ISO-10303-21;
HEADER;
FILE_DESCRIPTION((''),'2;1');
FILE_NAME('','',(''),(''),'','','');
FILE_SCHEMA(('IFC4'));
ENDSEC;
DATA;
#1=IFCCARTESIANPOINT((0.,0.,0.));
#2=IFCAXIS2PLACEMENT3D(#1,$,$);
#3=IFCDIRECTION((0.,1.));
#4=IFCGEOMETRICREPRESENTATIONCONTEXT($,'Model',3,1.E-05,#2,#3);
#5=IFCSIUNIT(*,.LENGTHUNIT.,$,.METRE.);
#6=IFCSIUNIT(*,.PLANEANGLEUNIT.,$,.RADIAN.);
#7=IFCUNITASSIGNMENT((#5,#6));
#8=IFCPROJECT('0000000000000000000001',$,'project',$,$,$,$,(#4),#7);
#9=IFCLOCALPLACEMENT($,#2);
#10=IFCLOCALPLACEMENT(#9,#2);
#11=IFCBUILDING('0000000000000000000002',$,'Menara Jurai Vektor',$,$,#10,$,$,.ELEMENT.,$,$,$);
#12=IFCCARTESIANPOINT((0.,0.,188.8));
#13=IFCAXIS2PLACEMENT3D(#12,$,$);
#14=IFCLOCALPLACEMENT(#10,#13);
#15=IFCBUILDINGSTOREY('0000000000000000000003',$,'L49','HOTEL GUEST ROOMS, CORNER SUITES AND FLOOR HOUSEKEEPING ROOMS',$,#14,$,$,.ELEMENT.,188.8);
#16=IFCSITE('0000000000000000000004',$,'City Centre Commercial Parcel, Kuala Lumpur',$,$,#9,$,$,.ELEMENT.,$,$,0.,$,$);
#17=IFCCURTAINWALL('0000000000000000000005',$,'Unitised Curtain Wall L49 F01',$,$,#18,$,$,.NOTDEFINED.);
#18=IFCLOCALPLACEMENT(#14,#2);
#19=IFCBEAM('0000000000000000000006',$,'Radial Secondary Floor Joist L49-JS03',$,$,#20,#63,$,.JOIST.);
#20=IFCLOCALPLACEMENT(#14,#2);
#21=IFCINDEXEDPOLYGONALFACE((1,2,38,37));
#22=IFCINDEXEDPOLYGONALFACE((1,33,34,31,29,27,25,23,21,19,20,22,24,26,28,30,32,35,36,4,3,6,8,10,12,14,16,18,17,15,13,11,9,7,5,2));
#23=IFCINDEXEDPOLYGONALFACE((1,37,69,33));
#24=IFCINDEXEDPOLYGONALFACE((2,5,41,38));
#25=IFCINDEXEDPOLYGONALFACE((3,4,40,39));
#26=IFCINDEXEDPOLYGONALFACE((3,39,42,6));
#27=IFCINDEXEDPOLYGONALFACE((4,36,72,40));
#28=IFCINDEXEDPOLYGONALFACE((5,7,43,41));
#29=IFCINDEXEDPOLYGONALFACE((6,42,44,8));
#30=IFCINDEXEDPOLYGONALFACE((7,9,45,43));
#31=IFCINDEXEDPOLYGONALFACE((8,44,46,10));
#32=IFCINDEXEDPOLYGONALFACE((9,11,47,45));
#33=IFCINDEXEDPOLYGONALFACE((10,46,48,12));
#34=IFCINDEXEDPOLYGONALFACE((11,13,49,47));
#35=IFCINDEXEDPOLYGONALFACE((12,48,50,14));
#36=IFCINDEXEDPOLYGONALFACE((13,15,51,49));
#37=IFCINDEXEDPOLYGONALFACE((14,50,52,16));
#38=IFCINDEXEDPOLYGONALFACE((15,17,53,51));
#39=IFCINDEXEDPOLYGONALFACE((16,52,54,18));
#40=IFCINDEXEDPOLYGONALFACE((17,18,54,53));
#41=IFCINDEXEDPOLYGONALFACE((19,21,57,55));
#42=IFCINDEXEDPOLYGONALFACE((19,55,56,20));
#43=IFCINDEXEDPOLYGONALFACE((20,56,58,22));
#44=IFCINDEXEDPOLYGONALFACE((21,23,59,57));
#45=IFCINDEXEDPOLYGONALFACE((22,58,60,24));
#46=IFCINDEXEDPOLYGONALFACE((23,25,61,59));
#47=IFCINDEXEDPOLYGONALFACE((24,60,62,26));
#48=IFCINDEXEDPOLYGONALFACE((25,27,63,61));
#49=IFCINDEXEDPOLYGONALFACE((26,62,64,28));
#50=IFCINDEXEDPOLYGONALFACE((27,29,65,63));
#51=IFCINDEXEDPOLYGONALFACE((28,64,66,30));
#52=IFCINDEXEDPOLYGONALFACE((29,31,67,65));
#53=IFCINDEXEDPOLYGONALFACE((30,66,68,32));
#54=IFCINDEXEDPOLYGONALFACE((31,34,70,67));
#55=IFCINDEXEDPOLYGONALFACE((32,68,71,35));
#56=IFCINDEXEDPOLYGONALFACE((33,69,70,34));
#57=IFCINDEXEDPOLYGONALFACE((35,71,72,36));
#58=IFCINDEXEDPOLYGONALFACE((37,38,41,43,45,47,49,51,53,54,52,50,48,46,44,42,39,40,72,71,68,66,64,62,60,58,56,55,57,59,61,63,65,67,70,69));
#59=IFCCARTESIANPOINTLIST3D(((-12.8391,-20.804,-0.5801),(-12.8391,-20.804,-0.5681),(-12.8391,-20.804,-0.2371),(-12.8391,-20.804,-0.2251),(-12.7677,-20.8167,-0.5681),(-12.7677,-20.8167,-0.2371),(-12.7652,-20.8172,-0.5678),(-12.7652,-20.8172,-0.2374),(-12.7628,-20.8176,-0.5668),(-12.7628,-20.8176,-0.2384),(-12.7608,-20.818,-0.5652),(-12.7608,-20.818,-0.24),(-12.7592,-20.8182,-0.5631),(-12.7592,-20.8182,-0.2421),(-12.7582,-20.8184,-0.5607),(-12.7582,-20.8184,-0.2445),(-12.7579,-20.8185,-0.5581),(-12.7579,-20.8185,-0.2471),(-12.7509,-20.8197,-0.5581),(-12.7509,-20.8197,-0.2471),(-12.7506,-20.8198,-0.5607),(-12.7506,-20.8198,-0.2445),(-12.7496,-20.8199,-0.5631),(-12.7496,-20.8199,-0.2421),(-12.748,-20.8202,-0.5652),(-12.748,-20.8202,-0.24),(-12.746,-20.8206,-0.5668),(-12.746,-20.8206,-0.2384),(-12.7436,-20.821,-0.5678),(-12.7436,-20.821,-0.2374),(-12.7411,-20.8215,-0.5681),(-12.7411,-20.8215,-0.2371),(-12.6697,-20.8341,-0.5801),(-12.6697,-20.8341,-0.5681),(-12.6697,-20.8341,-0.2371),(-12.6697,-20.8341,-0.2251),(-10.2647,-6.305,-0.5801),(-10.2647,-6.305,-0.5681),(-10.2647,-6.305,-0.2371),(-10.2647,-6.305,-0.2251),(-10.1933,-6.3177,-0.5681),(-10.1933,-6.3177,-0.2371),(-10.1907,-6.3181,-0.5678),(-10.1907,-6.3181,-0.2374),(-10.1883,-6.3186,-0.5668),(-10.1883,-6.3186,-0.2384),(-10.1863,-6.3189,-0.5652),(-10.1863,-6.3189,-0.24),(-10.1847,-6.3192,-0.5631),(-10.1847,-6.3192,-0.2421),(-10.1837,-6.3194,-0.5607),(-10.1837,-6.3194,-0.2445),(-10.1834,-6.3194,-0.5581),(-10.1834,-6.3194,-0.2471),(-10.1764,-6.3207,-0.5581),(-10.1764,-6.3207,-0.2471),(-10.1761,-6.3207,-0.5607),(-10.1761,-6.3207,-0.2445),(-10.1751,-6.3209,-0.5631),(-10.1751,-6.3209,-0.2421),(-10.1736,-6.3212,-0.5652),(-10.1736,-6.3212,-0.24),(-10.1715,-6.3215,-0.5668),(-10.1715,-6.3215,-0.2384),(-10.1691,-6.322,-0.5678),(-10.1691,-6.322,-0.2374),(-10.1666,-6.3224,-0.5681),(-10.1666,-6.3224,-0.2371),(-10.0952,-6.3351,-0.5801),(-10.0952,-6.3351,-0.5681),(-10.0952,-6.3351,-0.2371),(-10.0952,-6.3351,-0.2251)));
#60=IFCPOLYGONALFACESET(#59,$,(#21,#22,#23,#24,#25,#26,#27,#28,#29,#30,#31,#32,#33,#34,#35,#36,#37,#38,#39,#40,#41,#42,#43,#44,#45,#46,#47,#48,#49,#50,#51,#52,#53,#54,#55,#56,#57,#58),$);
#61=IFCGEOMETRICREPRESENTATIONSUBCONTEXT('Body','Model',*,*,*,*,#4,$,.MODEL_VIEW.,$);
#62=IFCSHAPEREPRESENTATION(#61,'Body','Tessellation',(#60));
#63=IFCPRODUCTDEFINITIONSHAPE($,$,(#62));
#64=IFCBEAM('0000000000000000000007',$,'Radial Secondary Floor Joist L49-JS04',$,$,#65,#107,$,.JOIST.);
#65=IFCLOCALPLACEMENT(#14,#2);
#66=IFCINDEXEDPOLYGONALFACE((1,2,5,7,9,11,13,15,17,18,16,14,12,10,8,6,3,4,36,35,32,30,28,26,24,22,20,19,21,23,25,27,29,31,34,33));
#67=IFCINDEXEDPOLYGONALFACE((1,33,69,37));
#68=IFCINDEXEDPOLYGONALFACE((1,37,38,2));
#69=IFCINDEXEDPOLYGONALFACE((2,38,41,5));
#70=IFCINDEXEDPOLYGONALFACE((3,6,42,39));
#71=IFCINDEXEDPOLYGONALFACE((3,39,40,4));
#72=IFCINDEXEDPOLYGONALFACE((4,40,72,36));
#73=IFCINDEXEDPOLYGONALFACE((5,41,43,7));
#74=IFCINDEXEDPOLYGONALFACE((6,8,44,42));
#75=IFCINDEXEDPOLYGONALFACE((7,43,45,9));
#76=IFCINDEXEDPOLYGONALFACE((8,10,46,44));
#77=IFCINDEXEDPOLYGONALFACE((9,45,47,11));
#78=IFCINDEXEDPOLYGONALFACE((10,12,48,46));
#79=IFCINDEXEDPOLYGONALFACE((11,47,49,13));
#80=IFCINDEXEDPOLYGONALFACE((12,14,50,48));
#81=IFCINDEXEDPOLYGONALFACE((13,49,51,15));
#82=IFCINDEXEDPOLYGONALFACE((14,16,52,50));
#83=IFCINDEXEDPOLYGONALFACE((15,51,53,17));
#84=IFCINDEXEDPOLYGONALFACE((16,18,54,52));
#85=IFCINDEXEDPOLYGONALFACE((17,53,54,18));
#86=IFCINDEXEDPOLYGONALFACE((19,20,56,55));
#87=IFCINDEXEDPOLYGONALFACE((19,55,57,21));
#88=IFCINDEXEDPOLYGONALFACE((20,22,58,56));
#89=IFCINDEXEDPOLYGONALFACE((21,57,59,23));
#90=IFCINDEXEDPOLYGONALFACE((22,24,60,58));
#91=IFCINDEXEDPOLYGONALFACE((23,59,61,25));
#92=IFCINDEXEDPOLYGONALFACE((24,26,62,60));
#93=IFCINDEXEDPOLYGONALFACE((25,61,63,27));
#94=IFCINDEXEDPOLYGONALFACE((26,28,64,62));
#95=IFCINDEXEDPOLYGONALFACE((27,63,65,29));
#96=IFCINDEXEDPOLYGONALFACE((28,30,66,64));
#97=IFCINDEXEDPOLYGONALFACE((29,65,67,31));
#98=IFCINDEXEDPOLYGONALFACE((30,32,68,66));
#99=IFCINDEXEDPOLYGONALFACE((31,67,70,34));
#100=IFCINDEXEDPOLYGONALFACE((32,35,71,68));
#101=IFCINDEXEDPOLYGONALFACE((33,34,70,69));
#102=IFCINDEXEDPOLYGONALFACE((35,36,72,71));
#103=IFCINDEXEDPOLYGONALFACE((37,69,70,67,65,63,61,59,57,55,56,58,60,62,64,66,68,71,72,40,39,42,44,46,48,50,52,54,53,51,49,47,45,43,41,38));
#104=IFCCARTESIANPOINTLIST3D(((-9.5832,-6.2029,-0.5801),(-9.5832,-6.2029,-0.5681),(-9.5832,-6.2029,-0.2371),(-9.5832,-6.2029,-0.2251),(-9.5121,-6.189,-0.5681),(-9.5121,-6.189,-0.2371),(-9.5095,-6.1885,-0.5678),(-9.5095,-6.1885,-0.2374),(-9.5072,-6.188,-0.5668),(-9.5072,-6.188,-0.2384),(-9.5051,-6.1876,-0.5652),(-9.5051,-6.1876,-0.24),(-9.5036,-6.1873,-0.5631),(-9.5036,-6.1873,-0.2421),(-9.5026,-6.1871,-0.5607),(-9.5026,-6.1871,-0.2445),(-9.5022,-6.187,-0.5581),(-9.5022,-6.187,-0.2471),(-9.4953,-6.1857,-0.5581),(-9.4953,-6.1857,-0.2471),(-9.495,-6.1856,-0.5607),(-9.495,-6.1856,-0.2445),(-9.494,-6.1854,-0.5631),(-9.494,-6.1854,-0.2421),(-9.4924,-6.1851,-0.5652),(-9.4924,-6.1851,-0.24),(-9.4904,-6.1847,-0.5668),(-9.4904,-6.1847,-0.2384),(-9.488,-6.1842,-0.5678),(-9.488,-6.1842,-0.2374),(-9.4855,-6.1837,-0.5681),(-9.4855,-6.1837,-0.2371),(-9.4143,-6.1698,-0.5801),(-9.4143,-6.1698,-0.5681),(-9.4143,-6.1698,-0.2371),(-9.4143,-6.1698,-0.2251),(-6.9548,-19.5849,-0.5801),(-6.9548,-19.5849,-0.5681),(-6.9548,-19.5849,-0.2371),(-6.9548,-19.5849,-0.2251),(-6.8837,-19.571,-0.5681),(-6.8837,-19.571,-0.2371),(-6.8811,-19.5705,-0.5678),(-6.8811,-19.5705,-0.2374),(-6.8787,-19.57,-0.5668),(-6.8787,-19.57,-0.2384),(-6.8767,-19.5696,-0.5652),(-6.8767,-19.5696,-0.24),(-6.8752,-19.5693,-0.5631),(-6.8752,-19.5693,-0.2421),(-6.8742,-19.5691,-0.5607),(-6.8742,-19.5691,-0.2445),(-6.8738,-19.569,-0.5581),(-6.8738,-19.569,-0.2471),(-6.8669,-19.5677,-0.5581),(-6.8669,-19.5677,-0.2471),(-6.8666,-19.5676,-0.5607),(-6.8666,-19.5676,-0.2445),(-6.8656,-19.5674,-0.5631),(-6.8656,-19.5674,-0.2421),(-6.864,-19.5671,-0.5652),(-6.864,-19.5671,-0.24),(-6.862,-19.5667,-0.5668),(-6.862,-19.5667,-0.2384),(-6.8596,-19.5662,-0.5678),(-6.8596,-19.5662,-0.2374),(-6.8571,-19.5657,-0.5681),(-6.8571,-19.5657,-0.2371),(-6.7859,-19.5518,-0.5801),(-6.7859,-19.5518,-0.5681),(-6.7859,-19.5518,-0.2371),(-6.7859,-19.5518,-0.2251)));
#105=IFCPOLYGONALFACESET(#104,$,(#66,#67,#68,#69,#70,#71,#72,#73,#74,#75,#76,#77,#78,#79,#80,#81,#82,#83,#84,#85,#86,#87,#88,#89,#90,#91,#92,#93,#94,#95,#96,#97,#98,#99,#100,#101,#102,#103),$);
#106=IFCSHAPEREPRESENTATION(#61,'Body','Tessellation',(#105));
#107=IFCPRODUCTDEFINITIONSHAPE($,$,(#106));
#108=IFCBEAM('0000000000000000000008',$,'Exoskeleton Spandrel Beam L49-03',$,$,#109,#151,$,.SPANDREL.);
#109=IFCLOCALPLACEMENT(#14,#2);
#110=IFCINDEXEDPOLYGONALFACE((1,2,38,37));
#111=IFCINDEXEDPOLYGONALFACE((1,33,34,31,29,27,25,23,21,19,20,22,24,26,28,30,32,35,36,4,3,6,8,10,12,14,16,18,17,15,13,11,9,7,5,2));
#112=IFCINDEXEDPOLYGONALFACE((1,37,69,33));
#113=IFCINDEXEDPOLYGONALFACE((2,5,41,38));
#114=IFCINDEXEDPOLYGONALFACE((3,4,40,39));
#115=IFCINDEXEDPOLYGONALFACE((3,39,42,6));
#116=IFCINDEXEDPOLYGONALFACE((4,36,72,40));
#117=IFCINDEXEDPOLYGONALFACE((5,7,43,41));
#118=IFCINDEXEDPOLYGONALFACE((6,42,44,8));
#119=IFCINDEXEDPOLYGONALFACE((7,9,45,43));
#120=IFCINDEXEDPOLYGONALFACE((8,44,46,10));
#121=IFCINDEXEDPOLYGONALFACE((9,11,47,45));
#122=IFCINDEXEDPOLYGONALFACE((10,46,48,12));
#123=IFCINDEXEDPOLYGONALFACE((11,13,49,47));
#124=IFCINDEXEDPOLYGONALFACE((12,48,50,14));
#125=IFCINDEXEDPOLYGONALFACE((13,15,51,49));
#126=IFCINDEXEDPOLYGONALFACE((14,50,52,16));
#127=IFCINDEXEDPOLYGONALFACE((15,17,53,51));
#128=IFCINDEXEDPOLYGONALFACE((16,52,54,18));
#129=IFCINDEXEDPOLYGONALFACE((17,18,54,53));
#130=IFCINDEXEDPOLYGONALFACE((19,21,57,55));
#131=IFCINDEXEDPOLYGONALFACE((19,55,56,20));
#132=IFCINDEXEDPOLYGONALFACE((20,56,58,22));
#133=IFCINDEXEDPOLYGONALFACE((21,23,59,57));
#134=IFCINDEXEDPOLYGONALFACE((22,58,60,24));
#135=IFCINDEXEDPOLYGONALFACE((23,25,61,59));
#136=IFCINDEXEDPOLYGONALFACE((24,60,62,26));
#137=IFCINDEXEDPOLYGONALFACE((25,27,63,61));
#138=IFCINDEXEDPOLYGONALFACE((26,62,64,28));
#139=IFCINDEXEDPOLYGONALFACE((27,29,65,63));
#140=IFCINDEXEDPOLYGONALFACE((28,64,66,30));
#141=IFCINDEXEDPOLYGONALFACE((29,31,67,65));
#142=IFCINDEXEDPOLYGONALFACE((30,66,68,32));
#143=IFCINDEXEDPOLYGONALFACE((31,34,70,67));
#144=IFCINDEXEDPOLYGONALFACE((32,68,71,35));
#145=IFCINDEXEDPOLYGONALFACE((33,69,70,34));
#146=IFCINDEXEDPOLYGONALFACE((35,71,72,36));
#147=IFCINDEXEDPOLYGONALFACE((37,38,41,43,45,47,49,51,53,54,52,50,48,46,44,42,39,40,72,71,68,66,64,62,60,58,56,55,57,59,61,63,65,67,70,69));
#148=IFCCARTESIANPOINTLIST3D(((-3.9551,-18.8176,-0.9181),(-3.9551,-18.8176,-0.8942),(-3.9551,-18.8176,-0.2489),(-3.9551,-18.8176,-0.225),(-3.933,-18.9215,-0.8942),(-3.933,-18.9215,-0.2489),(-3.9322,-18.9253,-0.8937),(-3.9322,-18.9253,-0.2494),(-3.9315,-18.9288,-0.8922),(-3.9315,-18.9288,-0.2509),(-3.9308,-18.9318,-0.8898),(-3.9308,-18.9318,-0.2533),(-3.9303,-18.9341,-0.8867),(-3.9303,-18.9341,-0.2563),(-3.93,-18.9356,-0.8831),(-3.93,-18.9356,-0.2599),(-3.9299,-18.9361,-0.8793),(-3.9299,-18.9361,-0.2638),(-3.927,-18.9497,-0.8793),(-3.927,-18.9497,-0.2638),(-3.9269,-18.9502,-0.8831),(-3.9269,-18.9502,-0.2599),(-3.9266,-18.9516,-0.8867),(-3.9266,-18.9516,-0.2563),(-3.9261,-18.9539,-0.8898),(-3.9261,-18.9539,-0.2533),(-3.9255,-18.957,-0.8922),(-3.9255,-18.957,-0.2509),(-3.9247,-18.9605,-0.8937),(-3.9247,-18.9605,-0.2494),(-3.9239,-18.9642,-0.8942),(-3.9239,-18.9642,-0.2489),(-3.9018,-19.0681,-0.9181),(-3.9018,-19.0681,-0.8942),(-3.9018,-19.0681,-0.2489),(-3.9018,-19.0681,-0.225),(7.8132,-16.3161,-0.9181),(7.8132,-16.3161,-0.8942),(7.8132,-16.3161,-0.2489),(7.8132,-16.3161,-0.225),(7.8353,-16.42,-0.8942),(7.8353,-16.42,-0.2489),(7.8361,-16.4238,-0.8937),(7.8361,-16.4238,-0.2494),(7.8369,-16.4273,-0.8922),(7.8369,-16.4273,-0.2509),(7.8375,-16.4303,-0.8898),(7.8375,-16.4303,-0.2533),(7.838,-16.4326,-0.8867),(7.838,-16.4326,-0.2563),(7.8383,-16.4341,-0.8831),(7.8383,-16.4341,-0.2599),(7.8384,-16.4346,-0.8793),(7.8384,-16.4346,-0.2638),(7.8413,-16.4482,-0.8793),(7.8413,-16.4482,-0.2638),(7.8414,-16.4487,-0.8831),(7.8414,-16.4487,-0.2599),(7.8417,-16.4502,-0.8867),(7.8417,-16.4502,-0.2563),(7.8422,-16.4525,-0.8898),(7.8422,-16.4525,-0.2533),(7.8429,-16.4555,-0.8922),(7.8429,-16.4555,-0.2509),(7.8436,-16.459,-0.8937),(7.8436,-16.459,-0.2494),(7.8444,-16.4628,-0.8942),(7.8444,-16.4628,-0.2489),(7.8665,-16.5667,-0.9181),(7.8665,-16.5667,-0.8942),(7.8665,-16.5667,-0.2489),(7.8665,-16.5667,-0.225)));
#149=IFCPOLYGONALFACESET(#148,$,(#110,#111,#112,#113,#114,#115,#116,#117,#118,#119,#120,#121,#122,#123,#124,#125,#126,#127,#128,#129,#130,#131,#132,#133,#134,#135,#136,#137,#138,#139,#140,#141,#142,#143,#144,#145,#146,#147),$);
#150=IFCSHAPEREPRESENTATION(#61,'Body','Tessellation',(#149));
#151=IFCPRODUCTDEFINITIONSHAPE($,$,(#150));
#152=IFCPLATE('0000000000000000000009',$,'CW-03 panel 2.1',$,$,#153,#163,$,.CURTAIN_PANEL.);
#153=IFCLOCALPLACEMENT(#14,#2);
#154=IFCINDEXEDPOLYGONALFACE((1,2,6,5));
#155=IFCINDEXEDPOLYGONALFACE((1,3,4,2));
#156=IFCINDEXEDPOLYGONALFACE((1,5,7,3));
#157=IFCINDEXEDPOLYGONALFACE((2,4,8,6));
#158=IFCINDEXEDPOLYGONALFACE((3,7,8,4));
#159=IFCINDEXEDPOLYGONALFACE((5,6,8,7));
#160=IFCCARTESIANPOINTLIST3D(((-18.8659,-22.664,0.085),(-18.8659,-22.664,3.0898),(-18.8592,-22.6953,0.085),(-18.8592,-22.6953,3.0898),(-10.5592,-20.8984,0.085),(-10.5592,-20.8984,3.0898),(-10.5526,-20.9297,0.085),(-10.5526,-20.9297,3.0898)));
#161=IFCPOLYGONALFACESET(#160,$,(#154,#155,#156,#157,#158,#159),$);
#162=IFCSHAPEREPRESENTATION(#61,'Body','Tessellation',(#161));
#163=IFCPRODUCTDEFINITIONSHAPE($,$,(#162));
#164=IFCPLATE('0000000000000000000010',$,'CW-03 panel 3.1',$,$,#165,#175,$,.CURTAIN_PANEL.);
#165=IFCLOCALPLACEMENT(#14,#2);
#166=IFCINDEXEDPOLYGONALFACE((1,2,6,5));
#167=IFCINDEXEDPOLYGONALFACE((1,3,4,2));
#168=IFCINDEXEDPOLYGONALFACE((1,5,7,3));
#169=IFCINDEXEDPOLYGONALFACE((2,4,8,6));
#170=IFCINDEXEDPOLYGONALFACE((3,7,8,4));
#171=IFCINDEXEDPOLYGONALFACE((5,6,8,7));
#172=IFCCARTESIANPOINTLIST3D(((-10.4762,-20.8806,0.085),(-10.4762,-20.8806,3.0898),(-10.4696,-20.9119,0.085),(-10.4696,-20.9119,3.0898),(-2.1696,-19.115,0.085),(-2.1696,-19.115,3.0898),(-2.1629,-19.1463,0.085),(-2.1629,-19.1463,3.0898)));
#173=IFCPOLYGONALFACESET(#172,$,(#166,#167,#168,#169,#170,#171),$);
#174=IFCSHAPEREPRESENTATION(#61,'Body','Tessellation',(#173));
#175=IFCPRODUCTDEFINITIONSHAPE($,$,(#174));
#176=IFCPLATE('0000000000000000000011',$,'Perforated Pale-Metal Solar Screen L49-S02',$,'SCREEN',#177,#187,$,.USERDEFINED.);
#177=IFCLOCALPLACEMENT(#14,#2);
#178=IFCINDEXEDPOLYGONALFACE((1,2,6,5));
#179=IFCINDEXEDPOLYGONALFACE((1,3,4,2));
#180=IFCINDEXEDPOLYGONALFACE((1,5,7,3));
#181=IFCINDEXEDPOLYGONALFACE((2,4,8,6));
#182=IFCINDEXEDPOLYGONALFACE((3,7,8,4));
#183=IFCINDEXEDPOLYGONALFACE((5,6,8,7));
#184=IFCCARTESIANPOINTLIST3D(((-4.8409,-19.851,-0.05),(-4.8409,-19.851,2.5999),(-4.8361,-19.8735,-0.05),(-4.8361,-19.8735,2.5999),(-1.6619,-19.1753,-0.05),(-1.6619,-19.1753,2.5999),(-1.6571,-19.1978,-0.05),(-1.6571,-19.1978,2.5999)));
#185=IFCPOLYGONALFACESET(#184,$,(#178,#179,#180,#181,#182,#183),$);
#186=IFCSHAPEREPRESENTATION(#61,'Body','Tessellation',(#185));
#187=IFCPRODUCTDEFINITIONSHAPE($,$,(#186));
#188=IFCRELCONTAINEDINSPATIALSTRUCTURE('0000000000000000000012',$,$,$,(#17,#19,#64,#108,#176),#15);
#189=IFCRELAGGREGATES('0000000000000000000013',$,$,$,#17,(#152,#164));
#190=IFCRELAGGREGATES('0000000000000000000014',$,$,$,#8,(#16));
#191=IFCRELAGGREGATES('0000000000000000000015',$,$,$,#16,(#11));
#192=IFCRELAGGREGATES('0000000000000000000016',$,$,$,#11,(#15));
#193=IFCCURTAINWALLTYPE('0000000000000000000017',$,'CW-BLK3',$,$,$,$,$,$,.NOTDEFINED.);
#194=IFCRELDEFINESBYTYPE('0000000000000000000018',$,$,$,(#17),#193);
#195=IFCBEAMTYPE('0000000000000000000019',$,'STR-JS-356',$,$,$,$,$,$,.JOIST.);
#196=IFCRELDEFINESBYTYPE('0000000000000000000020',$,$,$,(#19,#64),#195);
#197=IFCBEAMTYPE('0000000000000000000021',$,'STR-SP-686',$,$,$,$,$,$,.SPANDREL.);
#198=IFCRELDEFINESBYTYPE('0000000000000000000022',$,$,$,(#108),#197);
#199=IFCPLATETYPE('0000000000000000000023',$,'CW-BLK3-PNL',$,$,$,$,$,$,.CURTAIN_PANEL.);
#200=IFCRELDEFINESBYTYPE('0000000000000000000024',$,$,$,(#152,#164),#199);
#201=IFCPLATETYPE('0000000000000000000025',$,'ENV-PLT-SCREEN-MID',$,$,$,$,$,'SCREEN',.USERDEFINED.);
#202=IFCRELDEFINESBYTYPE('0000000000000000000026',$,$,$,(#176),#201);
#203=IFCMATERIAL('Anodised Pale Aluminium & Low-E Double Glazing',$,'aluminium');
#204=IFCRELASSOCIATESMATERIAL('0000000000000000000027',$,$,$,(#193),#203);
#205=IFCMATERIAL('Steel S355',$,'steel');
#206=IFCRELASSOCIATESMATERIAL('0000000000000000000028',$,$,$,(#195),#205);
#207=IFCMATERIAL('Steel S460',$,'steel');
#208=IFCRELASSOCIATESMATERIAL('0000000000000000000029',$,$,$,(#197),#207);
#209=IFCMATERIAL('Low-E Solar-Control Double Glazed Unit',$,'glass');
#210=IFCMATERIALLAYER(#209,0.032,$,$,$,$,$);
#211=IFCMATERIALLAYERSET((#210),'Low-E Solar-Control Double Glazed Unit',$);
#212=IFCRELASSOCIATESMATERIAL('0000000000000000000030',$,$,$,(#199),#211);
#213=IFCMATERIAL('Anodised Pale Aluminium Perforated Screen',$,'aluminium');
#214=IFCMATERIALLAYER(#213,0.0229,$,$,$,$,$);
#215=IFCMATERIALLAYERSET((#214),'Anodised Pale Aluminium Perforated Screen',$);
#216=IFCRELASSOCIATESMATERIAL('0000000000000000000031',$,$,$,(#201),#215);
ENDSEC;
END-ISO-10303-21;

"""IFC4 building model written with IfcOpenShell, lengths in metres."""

from ifc_helpers import new_model, si_unit, direction, frame, origin, origin_2d, place, context, subcontext, project, spatial, rectangle, i_section, extrude, material, layer, layer_set, material_profile, profile_set, type_object, element, aggregate, save


model = new_model("IFC4")

# Units and contexts
model_context = context("Model", 3, precision=1e-05, world=origin(), true_north=direction((0.0, 1.0)))
body_context = subcontext(model_context, "Body", "Model", "MODEL_VIEW")
ifc_project = project(units=[si_unit("LENGTHUNIT", "METRE"), si_unit("PLANEANGLEUNIT", "RADIAN")], contexts=[model_context])

# Site, building, storey
site_placement = place(None, origin())
site = spatial("IfcSite", under=ifc_project, at=site_placement, Name="City Centre Commercial Parcel, Kuala Lumpur", CompositionType="ELEMENT", RefElevation=0.0)
building_placement = place(site_placement, origin())
building = spatial("IfcBuilding", under=site, at=building_placement, Name="Menara Jurai Vektor", CompositionType="ELEMENT")
storey_placement = place(building_placement, frame((0.0, 0.0, 188.8)))
storey = spatial("IfcBuildingStorey", under=building, at=storey_placement, Name="L49", Description="HOTEL GUEST ROOMS, CORNER SUITES AND FLOOR HOUSEKEEPING ROOMS", CompositionType="ELEMENT", Elevation=188.8)

# Shared definitions
ifc_material_1 = material(Name="Steel S460", Category="steel")

# Curtain wall
ifc_material_2 = material(Name="Anodised Pale Aluminium & Low-E Double Glazing", Category="aluminium")
curtain_wall_type = type_object("IfcCurtainWallType", Name="CW-BLK3", PredefinedType="NOTDEFINED", material=ifc_material_2)
curtain_wall_placement = place(storey_placement, origin())
curtain_wall = element("IfcCurtainWall", 1, at=curtain_wall_placement, inside=storey, type_object=curtain_wall_type, Name="Unitised Curtain Wall L49 F01", PredefinedType="NOTDEFINED")

# Beams
ifc_material_3 = material(Name="Steel S355", Category="steel")
ifc_material_profile_1 = material_profile(ifc_material_3, i_section(OverallWidth=0.1721, OverallDepth=0.355, WebThickness=0.0071, FlangeThickness=0.012, FilletRadius=0.01, at=origin_2d()), Name="UKB 356x171x51")
ifc_profile_set_1 = profile_set([ifc_material_profile_1], Name="Steel S355")
beam_type_1 = type_object("IfcBeamType", Name="STR-JS-356", PredefinedType="JOIST", material=ifc_profile_set_1)
beam_1_placement = place(storey_placement, frame((-12.7544, -20.8191, -0.4026), z_axis=(0.174827, 0.984599, 0.0), x_axis=(-0.984599, 0.174827, 0.0)))
element("IfcBeam", 2, at=beam_1_placement, inside=storey, type_object=beam_type_1, Name="Radial Secondary Floor Joist L49-JS03", PredefinedType="JOIST", context=body_context, shape_type="SweptSolid", body=[
    extrude(i_section(OverallWidth=0.1721, OverallDepth=0.355, WebThickness=0.0071, FlangeThickness=0.012, FilletRadius=0.01, at=origin_2d()), origin(), (0.0, 0.0, 1.0), 14.7258),
])
beam_2_placement = place(storey_placement, frame((-6.8704, -19.5684, -0.4026), z_axis=(-0.192731, 0.981252, 0.0), x_axis=(-0.981252, -0.192731, 0.0)))
element("IfcBeam", 3, at=beam_2_placement, inside=storey, type_object=beam_type_1, Name="Radial Secondary Floor Joist L49-JS04", PredefinedType="JOIST", context=body_context, shape_type="SweptSolid", body=[
    extrude(i_section(OverallWidth=0.1721, OverallDepth=0.355, WebThickness=0.0071, FlangeThickness=0.012, FilletRadius=0.01, at=origin_2d()), origin(), (0.0, 0.0, 1.0), 13.6377),
])
ifc_material_profile_2 = material_profile(ifc_material_1, i_section(OverallWidth=0.2561, OverallDepth=0.6931, WebThickness=0.0139, FlangeThickness=0.0239, FilletRadius=0.0149, at=origin_2d()), Name="UKB 686x254x170")
ifc_profile_set_2 = profile_set([ifc_material_profile_2], Name="Steel S460")
beam_type_2 = type_object("IfcBeamType", Name="STR-SP-686", PredefinedType="SPANDREL", material=ifc_profile_set_2)
beam_3_placement = place(storey_placement, frame((-3.9285, -18.9429, -0.5715), z_axis=(0.978147, 0.207914, 0.0), x_axis=(-0.207914, 0.978147, 0.0)))
element("IfcBeam", 4, at=beam_3_placement, inside=storey, type_object=beam_type_2, Name="Exoskeleton Spandrel Beam L49-03", PredefinedType="SPANDREL", context=body_context, shape_type="SweptSolid", body=[
    extrude(i_section(OverallWidth=0.2561, OverallDepth=0.6931, WebThickness=0.0139, FlangeThickness=0.0239, FilletRadius=0.0149, at=origin_2d()), origin(), (0.0, 0.0, 1.0), 12.0312),
])

# Plates
ifc_material_4 = material(Name="Low-E Solar-Control Double Glazed Unit", Category="glass")
ifc_layer_1 = layer(ifc_material_4, 0.032)
ifc_layer_set_1 = layer_set([ifc_layer_1], Name="Low-E Solar-Control Double Glazed Unit")
plate_type_1 = type_object("IfcPlateType", Name="CW-BLK3-PNL", PredefinedType="CURTAIN_PANEL", material=ifc_layer_set_1)
plate_1_placement = place(storey_placement, frame((-14.7092, -21.7969, 0.085), z_axis=(0.0, 0.0, 1.0), x_axis=(0.978148, 0.207911, 0.0)))
plate_1 = element("IfcPlate", 5, at=plate_1_placement, type_object=plate_type_1, Name="CW-03 panel 2.1", PredefinedType="CURTAIN_PANEL", context=body_context, shape_type="SweptSolid", body=[
    extrude(rectangle(XDim=8.4922, YDim=0.032, at=origin_2d()), origin(), (0.0, 0.0, 1.0), 3.0049),
])
plate_2_placement = place(storey_placement, frame((-6.3196, -20.0134, 0.085), z_axis=(0.0, 0.0, 1.0), x_axis=(0.978148, 0.207911, 0.0)))
plate_2 = element("IfcPlate", 6, at=plate_2_placement, type_object=plate_type_1, Name="CW-03 panel 3.1", PredefinedType="CURTAIN_PANEL", context=body_context, shape_type="SweptSolid", body=[
    extrude(rectangle(XDim=8.4922, YDim=0.032, at=origin_2d()), origin(), (0.0, 0.0, 1.0), 3.0049),
])
aggregate(curtain_wall, [plate_1, plate_2])
ifc_material_5 = material(Name="Anodised Pale Aluminium Perforated Screen", Category="aluminium")
ifc_layer_2 = layer(ifc_material_5, 0.0229)
ifc_layer_set_2 = layer_set([ifc_layer_2], Name="Anodised Pale Aluminium Perforated Screen")
plate_type_2 = type_object("IfcPlateType", Name="ENV-PLT-SCREEN-MID", ElementType="SCREEN", PredefinedType="USERDEFINED", material=ifc_layer_set_2)
plate_3_placement = place(storey_placement, frame((-3.249, -19.5244, -0.05), z_axis=(0.0, 0.0, 1.0), x_axis=(0.978148, 0.207912, 0.0)))
element("IfcPlate", 7, at=plate_3_placement, inside=storey, type_object=plate_type_2, Name="Perforated Pale-Metal Solar Screen L49-S02", ObjectType="SCREEN", PredefinedType="USERDEFINED", context=body_context, shape_type="SweptSolid", body=[
    extrude(rectangle(XDim=3.25, YDim=0.0229, at=origin_2d()), origin(), (0.0, 0.0, 1.0), 2.6499),
])

save(model, "model.ifc")
